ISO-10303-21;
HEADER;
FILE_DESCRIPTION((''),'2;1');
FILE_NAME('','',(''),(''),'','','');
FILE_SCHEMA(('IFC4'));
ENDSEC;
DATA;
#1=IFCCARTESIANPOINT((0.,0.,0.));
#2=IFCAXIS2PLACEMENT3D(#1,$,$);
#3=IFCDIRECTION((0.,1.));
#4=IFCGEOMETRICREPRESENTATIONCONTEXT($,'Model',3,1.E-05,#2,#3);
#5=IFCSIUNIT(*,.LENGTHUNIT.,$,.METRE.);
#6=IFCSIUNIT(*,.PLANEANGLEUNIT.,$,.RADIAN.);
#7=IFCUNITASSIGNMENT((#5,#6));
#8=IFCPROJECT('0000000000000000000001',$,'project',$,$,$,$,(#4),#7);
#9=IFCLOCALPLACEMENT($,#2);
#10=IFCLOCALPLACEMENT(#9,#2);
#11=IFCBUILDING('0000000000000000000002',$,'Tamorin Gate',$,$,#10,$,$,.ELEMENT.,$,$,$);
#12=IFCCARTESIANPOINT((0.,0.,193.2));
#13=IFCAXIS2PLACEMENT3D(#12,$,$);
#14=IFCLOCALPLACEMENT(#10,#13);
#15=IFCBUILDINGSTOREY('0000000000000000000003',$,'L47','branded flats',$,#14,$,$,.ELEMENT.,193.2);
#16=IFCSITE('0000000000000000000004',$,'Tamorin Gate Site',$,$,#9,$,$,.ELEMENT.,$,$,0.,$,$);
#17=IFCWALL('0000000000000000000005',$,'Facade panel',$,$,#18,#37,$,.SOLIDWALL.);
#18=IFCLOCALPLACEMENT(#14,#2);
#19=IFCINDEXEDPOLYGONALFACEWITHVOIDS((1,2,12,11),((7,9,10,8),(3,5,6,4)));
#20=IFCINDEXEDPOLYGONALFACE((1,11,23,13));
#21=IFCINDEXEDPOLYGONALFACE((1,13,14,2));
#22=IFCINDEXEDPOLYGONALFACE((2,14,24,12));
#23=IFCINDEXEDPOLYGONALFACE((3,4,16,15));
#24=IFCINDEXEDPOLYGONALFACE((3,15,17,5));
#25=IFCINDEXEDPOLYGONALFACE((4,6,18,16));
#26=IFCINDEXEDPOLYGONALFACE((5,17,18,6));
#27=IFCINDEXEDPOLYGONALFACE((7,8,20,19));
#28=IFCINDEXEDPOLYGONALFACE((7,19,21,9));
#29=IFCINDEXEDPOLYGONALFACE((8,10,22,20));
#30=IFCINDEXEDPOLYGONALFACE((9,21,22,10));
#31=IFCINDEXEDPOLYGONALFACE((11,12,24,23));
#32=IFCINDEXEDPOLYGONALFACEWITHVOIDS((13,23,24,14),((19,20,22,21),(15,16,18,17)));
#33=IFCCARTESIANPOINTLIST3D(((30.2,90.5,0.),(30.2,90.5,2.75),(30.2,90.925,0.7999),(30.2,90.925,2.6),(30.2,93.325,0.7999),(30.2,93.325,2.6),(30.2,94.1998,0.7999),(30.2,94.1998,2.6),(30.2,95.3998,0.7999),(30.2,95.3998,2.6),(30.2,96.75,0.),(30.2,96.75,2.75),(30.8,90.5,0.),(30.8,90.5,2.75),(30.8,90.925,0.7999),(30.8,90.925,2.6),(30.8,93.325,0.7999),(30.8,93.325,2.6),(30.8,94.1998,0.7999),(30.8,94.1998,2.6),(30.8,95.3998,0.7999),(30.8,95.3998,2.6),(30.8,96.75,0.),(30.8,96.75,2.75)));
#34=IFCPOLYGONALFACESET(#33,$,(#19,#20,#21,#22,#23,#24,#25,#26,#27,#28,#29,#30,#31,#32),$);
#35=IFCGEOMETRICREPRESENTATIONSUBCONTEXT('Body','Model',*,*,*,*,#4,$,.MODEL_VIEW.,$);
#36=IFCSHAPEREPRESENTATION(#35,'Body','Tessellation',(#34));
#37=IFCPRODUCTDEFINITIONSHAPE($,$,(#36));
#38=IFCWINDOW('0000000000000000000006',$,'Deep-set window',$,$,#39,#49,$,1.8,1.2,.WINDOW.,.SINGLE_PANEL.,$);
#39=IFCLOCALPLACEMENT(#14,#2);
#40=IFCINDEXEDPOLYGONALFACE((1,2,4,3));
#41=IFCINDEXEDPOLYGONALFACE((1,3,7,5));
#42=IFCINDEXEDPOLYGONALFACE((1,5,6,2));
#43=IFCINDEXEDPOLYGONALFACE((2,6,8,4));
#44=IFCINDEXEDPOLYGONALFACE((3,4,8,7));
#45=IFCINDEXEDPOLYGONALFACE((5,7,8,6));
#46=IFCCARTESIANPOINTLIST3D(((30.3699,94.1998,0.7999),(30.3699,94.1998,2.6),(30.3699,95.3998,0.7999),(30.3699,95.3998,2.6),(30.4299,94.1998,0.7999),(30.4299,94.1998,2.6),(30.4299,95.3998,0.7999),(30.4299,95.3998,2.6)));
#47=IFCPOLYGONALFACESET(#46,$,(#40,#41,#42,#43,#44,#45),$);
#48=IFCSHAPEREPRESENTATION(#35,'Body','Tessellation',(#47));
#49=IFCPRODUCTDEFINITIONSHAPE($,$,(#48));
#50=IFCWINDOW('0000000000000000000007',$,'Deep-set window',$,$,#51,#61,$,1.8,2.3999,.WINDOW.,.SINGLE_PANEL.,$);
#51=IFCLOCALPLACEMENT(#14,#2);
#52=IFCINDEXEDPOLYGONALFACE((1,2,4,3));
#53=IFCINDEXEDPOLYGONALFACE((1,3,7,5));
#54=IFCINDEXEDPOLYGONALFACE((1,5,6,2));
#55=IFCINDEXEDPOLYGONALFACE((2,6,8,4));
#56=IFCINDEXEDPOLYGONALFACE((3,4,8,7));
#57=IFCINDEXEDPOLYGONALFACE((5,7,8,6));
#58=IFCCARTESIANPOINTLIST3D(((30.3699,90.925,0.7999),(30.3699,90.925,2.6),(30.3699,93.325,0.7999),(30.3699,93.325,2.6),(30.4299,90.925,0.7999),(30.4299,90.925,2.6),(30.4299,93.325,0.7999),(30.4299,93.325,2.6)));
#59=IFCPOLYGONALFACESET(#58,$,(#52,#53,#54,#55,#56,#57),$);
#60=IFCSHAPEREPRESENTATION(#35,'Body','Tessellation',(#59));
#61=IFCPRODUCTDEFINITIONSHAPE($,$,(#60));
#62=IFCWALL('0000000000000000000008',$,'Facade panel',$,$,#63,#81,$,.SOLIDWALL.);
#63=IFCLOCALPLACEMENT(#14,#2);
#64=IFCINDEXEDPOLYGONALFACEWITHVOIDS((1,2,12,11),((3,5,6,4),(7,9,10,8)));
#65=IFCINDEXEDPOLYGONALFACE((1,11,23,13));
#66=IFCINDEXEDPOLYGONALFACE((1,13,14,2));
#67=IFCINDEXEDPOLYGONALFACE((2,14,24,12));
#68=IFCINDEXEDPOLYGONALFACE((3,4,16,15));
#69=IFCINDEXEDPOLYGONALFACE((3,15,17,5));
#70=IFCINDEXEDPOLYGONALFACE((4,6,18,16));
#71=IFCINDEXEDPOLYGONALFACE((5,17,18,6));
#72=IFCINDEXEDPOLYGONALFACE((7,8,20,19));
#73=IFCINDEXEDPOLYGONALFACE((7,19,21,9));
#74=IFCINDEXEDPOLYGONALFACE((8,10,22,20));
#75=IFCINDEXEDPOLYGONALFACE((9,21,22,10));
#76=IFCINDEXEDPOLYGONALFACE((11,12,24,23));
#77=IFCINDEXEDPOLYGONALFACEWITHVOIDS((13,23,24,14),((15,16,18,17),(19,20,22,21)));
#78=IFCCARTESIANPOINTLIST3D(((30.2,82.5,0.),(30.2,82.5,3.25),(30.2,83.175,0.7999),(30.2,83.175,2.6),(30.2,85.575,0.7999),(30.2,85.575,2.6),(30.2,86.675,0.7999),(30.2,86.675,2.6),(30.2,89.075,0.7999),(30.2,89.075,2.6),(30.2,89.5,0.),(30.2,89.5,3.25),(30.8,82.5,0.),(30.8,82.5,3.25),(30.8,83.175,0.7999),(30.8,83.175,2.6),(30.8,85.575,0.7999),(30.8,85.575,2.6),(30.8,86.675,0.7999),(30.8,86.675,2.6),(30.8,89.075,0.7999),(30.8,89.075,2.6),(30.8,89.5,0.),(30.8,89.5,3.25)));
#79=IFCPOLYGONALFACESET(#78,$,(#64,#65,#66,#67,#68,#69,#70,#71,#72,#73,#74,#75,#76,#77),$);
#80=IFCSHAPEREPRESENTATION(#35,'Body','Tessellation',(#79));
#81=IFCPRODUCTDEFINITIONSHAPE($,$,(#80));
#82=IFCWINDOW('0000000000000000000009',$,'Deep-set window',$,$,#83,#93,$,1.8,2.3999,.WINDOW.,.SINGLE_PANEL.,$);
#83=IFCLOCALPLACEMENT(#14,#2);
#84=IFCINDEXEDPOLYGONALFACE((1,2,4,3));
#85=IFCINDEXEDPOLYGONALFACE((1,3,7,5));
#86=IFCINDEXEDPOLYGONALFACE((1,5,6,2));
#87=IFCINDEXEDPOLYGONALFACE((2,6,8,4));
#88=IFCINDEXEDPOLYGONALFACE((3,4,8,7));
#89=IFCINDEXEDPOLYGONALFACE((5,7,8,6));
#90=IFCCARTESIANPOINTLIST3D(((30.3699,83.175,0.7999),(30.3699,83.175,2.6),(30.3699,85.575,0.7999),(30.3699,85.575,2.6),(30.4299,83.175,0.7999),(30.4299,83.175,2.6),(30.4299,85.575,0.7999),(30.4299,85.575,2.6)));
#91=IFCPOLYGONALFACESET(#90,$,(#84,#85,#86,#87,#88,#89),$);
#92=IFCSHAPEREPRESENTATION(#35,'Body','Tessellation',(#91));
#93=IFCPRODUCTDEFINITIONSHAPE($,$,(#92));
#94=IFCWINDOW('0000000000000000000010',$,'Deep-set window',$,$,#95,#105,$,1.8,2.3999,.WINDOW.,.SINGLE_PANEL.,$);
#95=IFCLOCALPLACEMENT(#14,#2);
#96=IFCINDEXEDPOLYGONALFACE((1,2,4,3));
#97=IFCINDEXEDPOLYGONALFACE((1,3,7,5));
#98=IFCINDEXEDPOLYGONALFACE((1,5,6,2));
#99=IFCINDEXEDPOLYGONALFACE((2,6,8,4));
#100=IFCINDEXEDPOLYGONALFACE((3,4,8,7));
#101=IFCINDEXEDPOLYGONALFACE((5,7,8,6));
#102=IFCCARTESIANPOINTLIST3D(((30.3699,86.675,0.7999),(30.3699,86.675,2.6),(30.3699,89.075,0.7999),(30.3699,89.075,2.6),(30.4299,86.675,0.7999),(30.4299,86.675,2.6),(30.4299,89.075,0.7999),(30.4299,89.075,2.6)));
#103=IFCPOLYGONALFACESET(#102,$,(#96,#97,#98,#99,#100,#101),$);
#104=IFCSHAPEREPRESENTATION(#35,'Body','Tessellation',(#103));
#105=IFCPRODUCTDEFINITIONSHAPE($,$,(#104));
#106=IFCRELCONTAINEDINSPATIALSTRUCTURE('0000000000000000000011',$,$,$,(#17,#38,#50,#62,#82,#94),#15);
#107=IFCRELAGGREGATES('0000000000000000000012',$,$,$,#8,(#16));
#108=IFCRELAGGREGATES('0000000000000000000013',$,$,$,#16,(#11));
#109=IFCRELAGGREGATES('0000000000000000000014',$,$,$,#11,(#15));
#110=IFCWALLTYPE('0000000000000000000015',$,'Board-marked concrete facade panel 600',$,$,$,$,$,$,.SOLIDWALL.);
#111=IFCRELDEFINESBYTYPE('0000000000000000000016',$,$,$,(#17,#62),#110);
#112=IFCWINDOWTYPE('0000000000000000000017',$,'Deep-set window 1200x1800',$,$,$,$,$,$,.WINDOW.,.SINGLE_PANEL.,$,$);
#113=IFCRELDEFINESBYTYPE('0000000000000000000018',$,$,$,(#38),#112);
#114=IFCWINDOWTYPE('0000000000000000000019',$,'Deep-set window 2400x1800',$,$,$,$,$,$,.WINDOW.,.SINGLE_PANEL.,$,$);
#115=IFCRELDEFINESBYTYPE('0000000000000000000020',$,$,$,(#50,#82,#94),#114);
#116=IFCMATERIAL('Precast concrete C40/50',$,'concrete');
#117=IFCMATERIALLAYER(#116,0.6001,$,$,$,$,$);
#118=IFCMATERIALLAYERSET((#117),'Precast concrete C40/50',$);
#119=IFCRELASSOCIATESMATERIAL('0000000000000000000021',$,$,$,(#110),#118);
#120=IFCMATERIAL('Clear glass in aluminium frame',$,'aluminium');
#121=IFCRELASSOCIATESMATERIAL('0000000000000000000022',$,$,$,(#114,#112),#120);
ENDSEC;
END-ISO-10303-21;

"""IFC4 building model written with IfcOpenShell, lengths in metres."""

from ifc_helpers import new_model, si_unit, direction, frame, frame_2d, origin, place, context, subcontext, project, spatial, rectangle, extrude, material, layer, layer_set, type_object, element, fill, save


model = new_model("IFC4")

# Units and contexts
model_context = context("Model", 3, precision=1e-05, world=origin(), true_north=direction((0.0, 1.0)))
body_context = subcontext(model_context, "Body", "Model", "MODEL_VIEW")
ifc_project = project(units=[si_unit("LENGTHUNIT", "METRE"), si_unit("PLANEANGLEUNIT", "RADIAN")], contexts=[model_context])

# Site, building, storey
site_placement = place(None, origin())
site = spatial("IfcSite", under=ifc_project, at=site_placement, Name="Tamorin Gate Site", CompositionType="ELEMENT", RefElevation=0.0)
building_placement = place(site_placement, origin())
building = spatial("IfcBuilding", under=site, at=building_placement, Name="Tamorin Gate", CompositionType="ELEMENT")
storey_placement = place(building_placement, frame((0.0, 0.0, 193.2)))
storey = spatial("IfcBuildingStorey", under=building, at=storey_placement, Name="L47", Description="branded flats", CompositionType="ELEMENT", Elevation=193.2)

# Shared definitions
ifc_material_1 = material(Name="Precast concrete C40/50", Category="concrete")
ifc_layer_1 = layer(ifc_material_1, 0.6001)
ifc_layer_set_1 = layer_set([ifc_layer_1], Name="Precast concrete C40/50")
wall_type_1 = type_object("IfcWallType", Name="Board-marked concrete facade panel 600", PredefinedType="SOLIDWALL", material=ifc_layer_set_1)

# Shared definitions
ifc_material_2 = material(Name="Clear glass in aluminium frame", Category="aluminium")
window_type_1 = type_object("IfcWindowType", Name="Deep-set window 2400x1800", PartitioningType="SINGLE_PANEL", PredefinedType="WINDOW", material=ifc_material_2)

# Walls, openings, windows
wall_1_placement = place(storey_placement, frame((30.5, 96.75, 0.0), z_axis=(0.0, 0.0, 1.0), x_axis=(0.0, -1.0, 0.0)))
wall_1 = element("IfcWall", 1, at=wall_1_placement, inside=storey, type_object=wall_type_1, Name="Facade panel", PredefinedType="SOLIDWALL", context=body_context, shape_type="SweptSolid", body=[
    extrude(rectangle(XDim=6.25, YDim=0.6001, at=frame_2d((3.125, 0.0))), origin(), (0.0, 0.0, 1.0), 2.75),
])
opening_1_placement = place(wall_1_placement, frame((3.425, 0.0, 0.8)))
opening_1 = element("IfcOpeningElement", 2, at=opening_1_placement, cuts=wall_1, PredefinedType="OPENING", context=body_context, shape_type="SweptSolid", body=[
    extrude(rectangle(XDim=2.3999, YDim=1.8, at=frame_2d((1.2, 0.8999))), frame((0.0, 0.3101, 0.0), z_axis=(0.0, -1.0, 0.0), x_axis=(1.0, 0.0, 0.0)), (0.0, 0.0, 1.0), 0.6201),
])
opening_2_placement = place(wall_1_placement, frame((1.3501, 0.0, 0.8)))
opening_2 = element("IfcOpeningElement", 3, at=opening_2_placement, cuts=wall_1, PredefinedType="OPENING", context=body_context, shape_type="SweptSolid", body=[
    extrude(rectangle(XDim=1.2, YDim=1.8, at=frame_2d((0.6001, 0.8999))), frame((0.0, 0.3101, 0.0), z_axis=(0.0, -1.0, 0.0), x_axis=(1.0, 0.0, 0.0)), (0.0, 0.0, 1.0), 0.6201),
])
window_type_2 = type_object("IfcWindowType", Name="Deep-set window 1200x1800", PartitioningType="SINGLE_PANEL", PredefinedType="WINDOW", material=ifc_material_2)
window_1_placement = place(opening_2_placement, origin())
window_1 = element("IfcWindow", 4, at=window_1_placement, inside=storey, type_object=window_type_2, Name="Deep-set window", OverallHeight=1.8, OverallWidth=1.2, PartitioningType="SINGLE_PANEL", PredefinedType="WINDOW", context=body_context, shape_type="SweptSolid", body=[
    extrude(rectangle(XDim=1.2, YDim=1.8, at=frame_2d((0.6001, 0.8999))), frame((0.0, -0.0701, 0.0), z_axis=(0.0, -1.0, 0.0), x_axis=(1.0, 0.0, 0.0)), (0.0, 0.0, 1.0), 0.0601),
])
fill(opening_2, window_1)
window_2_placement = place(opening_1_placement, origin())
window_2 = element("IfcWindow", 5, at=window_2_placement, inside=storey, type_object=window_type_1, Name="Deep-set window", OverallHeight=1.8, OverallWidth=2.3999, PartitioningType="SINGLE_PANEL", PredefinedType="WINDOW", context=body_context, shape_type="SweptSolid", body=[
    extrude(rectangle(XDim=2.3999, YDim=1.8, at=frame_2d((1.2, 0.8999))), frame((0.0, -0.0701, 0.0), z_axis=(0.0, -1.0, 0.0), x_axis=(1.0, 0.0, 0.0)), (0.0, 0.0, 1.0), 0.0601),
])
fill(opening_1, window_2)
wall_2_placement = place(storey_placement, frame((30.5, 89.5, 0.0), z_axis=(0.0, 0.0, 1.0), x_axis=(0.0, -1.0, 0.0)))
wall_2 = element("IfcWall", 6, at=wall_2_placement, inside=storey, type_object=wall_type_1, Name="Facade panel", PredefinedType="SOLIDWALL", context=body_context, shape_type="SweptSolid", body=[
    extrude(rectangle(XDim=7.0, YDim=0.6001, at=frame_2d((3.5, 0.0))), origin(), (0.0, 0.0, 1.0), 3.25),
])
opening_3_placement = place(wall_2_placement, frame((3.925, 0.0, 0.8)))
opening_3 = element("IfcOpeningElement", 7, at=opening_3_placement, cuts=wall_2, PredefinedType="OPENING", context=body_context, shape_type="SweptSolid", body=[
    extrude(rectangle(XDim=2.3999, YDim=1.8, at=frame_2d((1.2, 0.8999))), frame((0.0, 0.3101, 0.0), z_axis=(0.0, -1.0, 0.0), x_axis=(1.0, 0.0, 0.0)), (0.0, 0.0, 1.0), 0.6201),
])
opening_4_placement = place(wall_2_placement, frame((0.425, 0.0, 0.8)))
opening_4 = element("IfcOpeningElement", 8, at=opening_4_placement, cuts=wall_2, PredefinedType="OPENING", context=body_context, shape_type="SweptSolid", body=[
    extrude(rectangle(XDim=2.3999, YDim=1.8, at=frame_2d((1.2, 0.8999))), frame((0.0, 0.3101, 0.0), z_axis=(0.0, -1.0, 0.0), x_axis=(1.0, 0.0, 0.0)), (0.0, 0.0, 1.0), 0.6201),
])
window_3_placement = place(opening_3_placement, origin())
window_3 = element("IfcWindow", 9, at=window_3_placement, inside=storey, type_object=window_type_1, Name="Deep-set window", OverallHeight=1.8, OverallWidth=2.3999, PartitioningType="SINGLE_PANEL", PredefinedType="WINDOW", context=body_context, shape_type="SweptSolid", body=[
    extrude(rectangle(XDim=2.3999, YDim=1.8, at=frame_2d((1.2, 0.8999))), frame((0.0, -0.0701, 0.0), z_axis=(0.0, -1.0, 0.0), x_axis=(1.0, 0.0, 0.0)), (0.0, 0.0, 1.0), 0.0601),
])
fill(opening_3, window_3)
window_4_placement = place(opening_4_placement, origin())
window_4 = element("IfcWindow", 10, at=window_4_placement, inside=storey, type_object=window_type_1, Name="Deep-set window", OverallHeight=1.8, OverallWidth=2.3999, PartitioningType="SINGLE_PANEL", PredefinedType="WINDOW", context=body_context, shape_type="SweptSolid", body=[
    extrude(rectangle(XDim=2.3999, YDim=1.8, at=frame_2d((1.2, 0.8999))), frame((0.0, -0.0701, 0.0), z_axis=(0.0, -1.0, 0.0), x_axis=(1.0, 0.0, 0.0)), (0.0, 0.0, 1.0), 0.0601),
])
fill(opening_4, window_4)

save(model, "model.ifc")
